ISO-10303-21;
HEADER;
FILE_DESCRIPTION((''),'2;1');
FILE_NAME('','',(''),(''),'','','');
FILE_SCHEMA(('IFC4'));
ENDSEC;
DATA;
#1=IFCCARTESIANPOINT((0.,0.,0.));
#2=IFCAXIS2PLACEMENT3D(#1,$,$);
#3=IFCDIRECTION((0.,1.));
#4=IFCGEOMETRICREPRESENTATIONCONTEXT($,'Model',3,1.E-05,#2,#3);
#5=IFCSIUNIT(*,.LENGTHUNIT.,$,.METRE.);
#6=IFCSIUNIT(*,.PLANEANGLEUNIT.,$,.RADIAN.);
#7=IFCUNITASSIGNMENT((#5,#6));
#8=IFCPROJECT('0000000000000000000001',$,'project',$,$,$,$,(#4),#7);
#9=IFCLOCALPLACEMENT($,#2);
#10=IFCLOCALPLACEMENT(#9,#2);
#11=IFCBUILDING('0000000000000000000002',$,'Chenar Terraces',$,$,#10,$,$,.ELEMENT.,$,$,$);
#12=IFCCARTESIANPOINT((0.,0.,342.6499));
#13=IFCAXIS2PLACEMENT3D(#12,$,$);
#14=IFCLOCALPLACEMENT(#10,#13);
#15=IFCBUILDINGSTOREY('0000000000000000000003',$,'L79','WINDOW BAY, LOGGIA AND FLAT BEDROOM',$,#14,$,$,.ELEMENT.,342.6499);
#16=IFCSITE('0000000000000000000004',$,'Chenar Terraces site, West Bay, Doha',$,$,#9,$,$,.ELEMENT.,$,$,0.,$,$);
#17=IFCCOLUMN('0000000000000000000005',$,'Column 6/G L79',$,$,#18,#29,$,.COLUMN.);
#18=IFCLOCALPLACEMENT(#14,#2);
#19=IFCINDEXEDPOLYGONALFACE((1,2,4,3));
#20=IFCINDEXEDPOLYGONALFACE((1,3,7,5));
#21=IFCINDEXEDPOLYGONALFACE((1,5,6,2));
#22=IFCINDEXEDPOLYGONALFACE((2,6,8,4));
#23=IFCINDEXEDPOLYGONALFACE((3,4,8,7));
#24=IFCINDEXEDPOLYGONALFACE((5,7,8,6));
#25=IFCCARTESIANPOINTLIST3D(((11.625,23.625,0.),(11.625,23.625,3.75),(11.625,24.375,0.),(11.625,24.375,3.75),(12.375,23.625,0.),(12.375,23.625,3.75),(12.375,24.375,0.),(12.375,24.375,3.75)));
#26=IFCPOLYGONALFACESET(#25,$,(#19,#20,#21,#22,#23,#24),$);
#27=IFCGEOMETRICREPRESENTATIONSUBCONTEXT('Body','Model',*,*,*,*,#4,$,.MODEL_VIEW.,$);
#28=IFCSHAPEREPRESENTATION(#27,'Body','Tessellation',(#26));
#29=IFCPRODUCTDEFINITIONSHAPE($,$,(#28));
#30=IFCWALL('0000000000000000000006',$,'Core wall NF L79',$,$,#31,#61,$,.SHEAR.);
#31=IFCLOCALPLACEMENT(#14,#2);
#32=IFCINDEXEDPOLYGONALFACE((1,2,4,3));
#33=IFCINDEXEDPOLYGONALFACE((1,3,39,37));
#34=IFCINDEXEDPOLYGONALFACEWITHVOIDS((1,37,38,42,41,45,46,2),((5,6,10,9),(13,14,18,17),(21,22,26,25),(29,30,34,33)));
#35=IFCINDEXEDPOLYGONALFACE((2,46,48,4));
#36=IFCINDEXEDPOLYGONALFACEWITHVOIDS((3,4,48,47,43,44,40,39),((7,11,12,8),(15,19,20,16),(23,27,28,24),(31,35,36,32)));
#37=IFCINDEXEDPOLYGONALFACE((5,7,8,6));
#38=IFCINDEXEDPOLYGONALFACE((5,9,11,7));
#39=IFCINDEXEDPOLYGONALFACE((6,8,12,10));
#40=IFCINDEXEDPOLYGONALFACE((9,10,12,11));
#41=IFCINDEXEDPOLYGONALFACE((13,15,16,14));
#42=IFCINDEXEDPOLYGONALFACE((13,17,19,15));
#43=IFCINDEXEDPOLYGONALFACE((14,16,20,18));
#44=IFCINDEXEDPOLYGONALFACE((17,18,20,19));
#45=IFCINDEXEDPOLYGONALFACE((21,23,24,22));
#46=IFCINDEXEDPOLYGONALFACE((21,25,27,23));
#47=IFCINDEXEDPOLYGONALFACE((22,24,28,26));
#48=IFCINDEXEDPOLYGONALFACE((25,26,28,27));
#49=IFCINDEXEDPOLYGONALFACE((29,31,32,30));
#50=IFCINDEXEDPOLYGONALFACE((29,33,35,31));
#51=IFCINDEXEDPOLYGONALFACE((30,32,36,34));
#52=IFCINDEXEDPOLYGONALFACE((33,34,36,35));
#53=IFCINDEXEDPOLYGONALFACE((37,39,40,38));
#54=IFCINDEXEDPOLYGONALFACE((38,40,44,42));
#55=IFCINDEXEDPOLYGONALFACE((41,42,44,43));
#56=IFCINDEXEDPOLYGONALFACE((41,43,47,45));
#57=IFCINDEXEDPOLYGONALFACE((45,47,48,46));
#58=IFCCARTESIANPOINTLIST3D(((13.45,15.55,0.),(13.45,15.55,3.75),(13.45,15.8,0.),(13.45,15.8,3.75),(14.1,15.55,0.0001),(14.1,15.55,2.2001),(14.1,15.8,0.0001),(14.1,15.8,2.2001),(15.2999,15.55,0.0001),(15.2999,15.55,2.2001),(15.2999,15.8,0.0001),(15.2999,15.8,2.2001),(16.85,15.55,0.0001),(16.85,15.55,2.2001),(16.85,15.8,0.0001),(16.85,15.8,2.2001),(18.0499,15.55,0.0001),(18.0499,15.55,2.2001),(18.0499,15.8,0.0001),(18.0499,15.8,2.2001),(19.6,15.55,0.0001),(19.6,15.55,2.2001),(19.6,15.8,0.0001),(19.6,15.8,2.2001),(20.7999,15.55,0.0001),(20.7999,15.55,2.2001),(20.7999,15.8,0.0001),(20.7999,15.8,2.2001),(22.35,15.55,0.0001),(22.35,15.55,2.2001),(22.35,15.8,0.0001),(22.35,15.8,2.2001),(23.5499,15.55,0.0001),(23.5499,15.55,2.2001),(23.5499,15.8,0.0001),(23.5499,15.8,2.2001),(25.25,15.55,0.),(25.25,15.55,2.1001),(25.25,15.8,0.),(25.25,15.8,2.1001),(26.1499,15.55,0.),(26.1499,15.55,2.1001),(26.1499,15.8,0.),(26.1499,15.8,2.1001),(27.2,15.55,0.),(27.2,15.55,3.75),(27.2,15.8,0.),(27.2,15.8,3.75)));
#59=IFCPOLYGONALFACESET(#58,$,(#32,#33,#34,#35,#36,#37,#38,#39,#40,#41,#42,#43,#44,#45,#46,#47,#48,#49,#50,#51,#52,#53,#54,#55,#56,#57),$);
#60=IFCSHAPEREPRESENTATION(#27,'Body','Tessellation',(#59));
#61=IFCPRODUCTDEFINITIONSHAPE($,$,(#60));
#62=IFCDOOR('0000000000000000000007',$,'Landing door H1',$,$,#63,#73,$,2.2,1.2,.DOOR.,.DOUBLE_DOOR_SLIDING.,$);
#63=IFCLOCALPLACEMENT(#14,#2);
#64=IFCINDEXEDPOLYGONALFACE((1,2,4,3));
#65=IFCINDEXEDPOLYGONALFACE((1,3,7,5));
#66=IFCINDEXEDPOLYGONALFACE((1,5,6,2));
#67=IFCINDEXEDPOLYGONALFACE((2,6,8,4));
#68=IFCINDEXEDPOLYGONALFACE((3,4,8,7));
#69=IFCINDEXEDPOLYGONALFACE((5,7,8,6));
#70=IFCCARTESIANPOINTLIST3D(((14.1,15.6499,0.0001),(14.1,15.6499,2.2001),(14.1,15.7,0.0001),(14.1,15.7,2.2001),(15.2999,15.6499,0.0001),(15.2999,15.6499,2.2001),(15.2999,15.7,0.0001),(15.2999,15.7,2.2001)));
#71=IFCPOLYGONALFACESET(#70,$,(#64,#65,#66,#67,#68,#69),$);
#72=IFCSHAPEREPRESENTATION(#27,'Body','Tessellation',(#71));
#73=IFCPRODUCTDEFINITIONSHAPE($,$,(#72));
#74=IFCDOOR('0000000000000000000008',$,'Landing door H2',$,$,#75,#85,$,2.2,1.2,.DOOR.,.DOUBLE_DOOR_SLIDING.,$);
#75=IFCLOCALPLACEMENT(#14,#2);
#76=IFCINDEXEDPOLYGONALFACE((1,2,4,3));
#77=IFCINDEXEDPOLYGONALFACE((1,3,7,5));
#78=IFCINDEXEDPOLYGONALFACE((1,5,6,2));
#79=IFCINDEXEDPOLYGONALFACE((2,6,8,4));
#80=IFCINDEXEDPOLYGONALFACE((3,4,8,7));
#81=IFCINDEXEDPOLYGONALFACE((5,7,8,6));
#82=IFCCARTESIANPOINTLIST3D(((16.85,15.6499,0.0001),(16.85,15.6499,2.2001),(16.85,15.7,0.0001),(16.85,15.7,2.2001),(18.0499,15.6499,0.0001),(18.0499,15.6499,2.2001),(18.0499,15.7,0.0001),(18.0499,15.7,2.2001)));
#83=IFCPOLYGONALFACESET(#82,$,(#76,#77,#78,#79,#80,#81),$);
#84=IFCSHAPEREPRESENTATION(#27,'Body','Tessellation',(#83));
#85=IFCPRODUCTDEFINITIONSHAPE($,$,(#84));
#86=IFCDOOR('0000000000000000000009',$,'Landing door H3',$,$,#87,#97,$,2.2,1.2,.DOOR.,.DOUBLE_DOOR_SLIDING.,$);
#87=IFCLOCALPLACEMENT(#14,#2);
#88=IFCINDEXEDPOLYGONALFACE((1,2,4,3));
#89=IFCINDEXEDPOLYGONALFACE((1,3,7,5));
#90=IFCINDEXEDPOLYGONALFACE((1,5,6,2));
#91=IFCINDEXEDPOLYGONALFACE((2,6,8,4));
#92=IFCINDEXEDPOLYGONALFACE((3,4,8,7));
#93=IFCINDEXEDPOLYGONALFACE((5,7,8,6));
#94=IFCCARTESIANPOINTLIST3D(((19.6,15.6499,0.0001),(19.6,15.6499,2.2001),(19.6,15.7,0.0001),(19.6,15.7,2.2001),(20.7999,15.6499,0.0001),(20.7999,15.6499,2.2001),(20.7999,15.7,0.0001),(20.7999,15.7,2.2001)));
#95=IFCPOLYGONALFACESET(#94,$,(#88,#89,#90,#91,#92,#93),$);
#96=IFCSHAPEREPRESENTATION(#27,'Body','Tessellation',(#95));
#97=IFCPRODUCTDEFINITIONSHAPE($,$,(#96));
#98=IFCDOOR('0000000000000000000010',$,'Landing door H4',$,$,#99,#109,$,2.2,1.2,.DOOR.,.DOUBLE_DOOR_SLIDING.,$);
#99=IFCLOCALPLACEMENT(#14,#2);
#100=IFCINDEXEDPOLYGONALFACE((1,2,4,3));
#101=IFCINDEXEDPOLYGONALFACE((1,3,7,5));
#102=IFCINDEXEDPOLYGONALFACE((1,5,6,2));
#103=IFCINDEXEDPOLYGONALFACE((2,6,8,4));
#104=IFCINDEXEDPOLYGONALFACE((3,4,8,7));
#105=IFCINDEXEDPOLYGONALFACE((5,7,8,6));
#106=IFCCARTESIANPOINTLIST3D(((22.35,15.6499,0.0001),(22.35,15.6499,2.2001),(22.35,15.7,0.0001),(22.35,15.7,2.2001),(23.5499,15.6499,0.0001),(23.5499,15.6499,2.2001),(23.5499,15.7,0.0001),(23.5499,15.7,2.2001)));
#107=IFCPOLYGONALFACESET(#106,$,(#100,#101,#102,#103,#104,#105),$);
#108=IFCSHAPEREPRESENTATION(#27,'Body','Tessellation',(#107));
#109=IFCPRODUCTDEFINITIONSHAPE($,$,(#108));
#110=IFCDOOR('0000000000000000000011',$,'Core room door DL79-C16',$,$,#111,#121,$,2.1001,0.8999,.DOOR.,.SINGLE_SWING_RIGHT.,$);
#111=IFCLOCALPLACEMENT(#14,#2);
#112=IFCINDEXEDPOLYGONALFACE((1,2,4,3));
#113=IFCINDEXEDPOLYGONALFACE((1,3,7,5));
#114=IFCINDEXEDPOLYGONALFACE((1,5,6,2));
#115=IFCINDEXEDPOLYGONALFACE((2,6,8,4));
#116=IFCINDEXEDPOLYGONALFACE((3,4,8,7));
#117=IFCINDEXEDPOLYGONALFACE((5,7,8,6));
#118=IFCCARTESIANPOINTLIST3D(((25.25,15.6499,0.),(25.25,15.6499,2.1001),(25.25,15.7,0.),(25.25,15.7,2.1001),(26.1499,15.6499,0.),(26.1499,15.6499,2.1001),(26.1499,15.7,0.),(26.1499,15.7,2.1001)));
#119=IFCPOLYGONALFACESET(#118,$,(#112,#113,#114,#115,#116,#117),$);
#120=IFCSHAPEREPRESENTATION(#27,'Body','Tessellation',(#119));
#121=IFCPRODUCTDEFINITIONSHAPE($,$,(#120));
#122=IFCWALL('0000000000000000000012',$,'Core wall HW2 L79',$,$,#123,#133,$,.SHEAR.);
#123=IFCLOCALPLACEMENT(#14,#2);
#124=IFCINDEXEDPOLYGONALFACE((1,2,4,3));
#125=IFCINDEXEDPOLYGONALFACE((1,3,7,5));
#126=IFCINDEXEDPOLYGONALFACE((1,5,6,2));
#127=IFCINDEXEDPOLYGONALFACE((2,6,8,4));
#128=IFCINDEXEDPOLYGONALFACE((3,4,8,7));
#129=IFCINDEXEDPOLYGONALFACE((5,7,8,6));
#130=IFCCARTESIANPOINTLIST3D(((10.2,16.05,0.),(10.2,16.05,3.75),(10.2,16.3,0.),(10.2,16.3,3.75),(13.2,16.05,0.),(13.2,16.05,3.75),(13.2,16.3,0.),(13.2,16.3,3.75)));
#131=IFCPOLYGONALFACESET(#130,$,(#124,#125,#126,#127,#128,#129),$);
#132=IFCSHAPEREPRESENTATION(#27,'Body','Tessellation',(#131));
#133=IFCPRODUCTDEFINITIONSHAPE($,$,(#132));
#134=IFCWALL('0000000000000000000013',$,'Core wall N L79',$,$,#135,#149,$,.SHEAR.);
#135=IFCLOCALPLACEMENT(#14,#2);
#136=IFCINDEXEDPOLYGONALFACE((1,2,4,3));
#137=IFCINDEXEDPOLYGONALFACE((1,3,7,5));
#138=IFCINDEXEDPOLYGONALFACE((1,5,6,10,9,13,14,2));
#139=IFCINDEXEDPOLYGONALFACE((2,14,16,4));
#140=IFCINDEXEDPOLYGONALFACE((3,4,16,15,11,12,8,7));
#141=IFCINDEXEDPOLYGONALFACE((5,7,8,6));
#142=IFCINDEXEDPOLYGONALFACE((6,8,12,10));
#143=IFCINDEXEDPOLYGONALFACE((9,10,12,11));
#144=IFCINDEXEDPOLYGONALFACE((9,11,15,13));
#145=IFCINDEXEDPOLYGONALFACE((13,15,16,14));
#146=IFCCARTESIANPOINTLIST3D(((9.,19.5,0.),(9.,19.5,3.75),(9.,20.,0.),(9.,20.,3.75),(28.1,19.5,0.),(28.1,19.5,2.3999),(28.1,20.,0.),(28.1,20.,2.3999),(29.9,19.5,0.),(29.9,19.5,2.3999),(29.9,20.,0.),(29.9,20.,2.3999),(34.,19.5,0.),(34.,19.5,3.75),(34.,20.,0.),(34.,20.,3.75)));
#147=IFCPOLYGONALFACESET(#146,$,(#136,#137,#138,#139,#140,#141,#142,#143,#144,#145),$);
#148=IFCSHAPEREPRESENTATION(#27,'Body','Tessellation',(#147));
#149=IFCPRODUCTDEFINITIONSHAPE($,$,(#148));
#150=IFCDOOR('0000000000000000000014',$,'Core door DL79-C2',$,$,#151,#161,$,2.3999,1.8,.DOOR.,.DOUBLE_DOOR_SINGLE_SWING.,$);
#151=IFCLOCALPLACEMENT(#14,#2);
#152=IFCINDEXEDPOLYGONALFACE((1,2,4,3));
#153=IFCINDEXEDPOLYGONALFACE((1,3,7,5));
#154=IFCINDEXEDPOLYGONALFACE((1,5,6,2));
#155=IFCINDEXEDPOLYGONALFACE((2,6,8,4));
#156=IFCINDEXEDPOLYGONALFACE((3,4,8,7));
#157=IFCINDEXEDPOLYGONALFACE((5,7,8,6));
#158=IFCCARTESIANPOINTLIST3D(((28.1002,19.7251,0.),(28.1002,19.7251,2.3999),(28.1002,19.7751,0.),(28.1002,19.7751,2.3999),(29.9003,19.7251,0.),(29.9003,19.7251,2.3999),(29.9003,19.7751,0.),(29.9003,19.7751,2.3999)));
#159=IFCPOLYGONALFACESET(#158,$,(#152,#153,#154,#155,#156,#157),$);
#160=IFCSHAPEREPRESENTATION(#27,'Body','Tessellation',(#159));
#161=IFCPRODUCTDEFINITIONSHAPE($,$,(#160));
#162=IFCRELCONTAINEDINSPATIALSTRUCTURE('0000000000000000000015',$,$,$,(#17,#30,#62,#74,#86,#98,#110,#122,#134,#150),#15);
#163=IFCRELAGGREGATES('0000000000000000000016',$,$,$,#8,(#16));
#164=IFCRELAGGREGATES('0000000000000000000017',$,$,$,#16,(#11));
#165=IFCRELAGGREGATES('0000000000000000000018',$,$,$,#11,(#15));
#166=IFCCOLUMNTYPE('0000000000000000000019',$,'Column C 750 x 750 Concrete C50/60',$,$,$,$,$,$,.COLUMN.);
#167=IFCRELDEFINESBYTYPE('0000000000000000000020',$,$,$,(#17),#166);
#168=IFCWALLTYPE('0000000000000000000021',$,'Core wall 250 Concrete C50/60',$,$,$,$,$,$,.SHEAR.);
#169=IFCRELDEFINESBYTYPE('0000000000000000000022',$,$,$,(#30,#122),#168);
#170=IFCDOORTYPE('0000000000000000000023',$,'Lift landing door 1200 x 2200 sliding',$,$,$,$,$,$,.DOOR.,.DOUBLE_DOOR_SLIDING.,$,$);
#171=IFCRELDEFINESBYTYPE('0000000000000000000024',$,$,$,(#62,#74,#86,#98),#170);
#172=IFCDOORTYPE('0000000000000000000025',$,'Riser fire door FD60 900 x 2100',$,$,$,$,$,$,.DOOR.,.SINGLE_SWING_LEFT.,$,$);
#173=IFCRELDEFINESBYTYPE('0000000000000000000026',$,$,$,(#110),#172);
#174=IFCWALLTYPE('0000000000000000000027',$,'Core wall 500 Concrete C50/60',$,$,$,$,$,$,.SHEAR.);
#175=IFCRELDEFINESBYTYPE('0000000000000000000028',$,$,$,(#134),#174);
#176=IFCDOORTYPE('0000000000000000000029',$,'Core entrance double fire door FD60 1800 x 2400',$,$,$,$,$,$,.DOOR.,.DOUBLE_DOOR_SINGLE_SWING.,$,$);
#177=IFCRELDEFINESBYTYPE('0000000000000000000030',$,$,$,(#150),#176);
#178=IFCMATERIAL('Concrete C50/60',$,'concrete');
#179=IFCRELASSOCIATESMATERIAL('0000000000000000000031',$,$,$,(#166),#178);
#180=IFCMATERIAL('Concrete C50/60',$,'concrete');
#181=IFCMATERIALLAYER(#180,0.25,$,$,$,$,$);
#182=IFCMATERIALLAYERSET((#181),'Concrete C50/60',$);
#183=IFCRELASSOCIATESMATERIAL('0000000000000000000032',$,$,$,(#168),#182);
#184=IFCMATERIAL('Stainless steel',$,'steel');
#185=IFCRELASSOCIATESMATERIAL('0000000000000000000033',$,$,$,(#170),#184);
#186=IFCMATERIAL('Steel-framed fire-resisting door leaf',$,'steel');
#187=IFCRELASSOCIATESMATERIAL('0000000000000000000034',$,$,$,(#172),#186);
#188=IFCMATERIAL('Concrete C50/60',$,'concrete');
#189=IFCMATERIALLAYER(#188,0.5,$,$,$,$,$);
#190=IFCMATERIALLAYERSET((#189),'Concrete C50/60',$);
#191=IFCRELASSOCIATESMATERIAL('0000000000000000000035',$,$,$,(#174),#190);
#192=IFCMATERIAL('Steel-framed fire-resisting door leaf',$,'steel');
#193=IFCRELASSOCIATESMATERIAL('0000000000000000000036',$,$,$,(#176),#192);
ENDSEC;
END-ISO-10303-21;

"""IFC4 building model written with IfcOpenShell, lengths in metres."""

from ifc_helpers import new_model, si_unit, direction, frame, frame_2d, origin, origin_2d, place, context, subcontext, project, spatial, rectangle, extrude, material, layer, layer_set, material_profile, profile_set, type_object, element, fill, save


model = new_model("IFC4")

# Units and contexts
model_context = context("Model", 3, precision=1e-05, world=origin(), true_north=direction((0.0, 1.0)))
body_context = subcontext(model_context, "Body", "Model", "MODEL_VIEW")
ifc_project = project(units=[si_unit("LENGTHUNIT", "METRE"), si_unit("PLANEANGLEUNIT", "RADIAN")], contexts=[model_context])

# Site, building, storey
site_placement = place(None, origin())
site = spatial("IfcSite", under=ifc_project, at=site_placement, Name="Chenar Terraces site, West Bay, Doha", CompositionType="ELEMENT", RefElevation=0.0)
building_placement = place(site_placement, origin())
building = spatial("IfcBuilding", under=site, at=building_placement, Name="Chenar Terraces", CompositionType="ELEMENT")
storey_placement = place(building_placement, frame((0.0, 0.0, 342.6499)))
storey = spatial("IfcBuildingStorey", under=building, at=storey_placement, Name="L79", Description="WINDOW BAY, LOGGIA AND FLAT BEDROOM", CompositionType="ELEMENT", Elevation=342.6499)

# Column
ifc_material_1 = material(Name="Concrete C50/60", Category="concrete")
ifc_material_profile = material_profile(ifc_material_1, rectangle(XDim=0.75, YDim=0.75, at=origin_2d()), Name="C 750 x 750")
ifc_profile_set = profile_set([ifc_material_profile], Name="Concrete C50/60")
column_type = type_object("IfcColumnType", Name="Column C 750 x 750 Concrete C50/60", PredefinedType="COLUMN", material=ifc_profile_set)
column_placement = place(storey_placement, frame((12.0, 24.0, 0.0), z_axis=(0.0, 0.0, 1.0), x_axis=(1.0, 0.0, 0.0)))
element("IfcColumn", 1, at=column_placement, inside=storey, type_object=column_type, Name="Column 6/G L79", PredefinedType="COLUMN", context=body_context, shape_type="SweptSolid", body=[
    extrude(rectangle(XDim=0.75, YDim=0.75, at=origin_2d()), origin(), (0.0, 0.0, 1.0), 3.75),
])

# Wall, openings, doors
ifc_material_2 = material(Name="Concrete C50/60", Category="concrete")
ifc_layer_1 = layer(ifc_material_2, 0.25)
ifc_layer_set_1 = layer_set([ifc_layer_1], Name="Concrete C50/60")
wall_type_1 = type_object("IfcWallType", Name="Core wall 250 Concrete C50/60", PredefinedType="SHEAR", material=ifc_layer_set_1)
wall_1_placement = place(storey_placement, frame((13.45, 15.675, 0.0), z_axis=(0.0, 0.0, 1.0), x_axis=(1.0, 0.0, 0.0)))
wall_1 = element("IfcWall", 2, at=wall_1_placement, inside=storey, type_object=wall_type_1, Name="Core wall NF L79", PredefinedType="SHEAR", context=body_context, shape_type="SweptSolid", body=[
    extrude(rectangle(XDim=13.75, YDim=0.25, at=frame_2d((6.875, 0.0))), origin(), (0.0, 0.0, 1.0), 3.75),
])
opening_1_placement = place(wall_1_placement, frame((0.6499, 0.0, 0.0)))
opening_1 = element("IfcOpeningElement", 3, at=opening_1_placement, cuts=wall_1, PredefinedType="OPENING", context=body_context, shape_type="SweptSolid", body=[
    extrude(rectangle(XDim=1.2, YDim=2.2, at=frame_2d((0.6001, 1.1001))), frame((0.0, 0.135, 0.0), z_axis=(0.0, -1.0, 0.0), x_axis=(1.0, 0.0, 0.0)), (0.0, 0.0, 1.0), 0.27),
])
opening_2_placement = place(wall_1_placement, frame((3.3999, 0.0, 0.0)))
opening_2 = element("IfcOpeningElement", 4, at=opening_2_placement, cuts=wall_1, PredefinedType="OPENING", context=body_context, shape_type="SweptSolid", body=[
    extrude(rectangle(XDim=1.2, YDim=2.2, at=frame_2d((0.6001, 1.1001))), frame((0.0, 0.135, 0.0), z_axis=(0.0, -1.0, 0.0), x_axis=(1.0, 0.0, 0.0)), (0.0, 0.0, 1.0), 0.27),
])
opening_3_placement = place(wall_1_placement, frame((6.1499, 0.0, 0.0)))
opening_3 = element("IfcOpeningElement", 5, at=opening_3_placement, cuts=wall_1, PredefinedType="OPENING", context=body_context, shape_type="SweptSolid", body=[
    extrude(rectangle(XDim=1.2, YDim=2.2, at=frame_2d((0.6001, 1.1001))), frame((0.0, 0.135, 0.0), z_axis=(0.0, -1.0, 0.0), x_axis=(1.0, 0.0, 0.0)), (0.0, 0.0, 1.0), 0.27),
])
opening_4_placement = place(wall_1_placement, frame((8.8999, 0.0, 0.0)))
opening_4 = element("IfcOpeningElement", 6, at=opening_4_placement, cuts=wall_1, PredefinedType="OPENING", context=body_context, shape_type="SweptSolid", body=[
    extrude(rectangle(XDim=1.2, YDim=2.2, at=frame_2d((0.6001, 1.1001))), frame((0.0, 0.135, 0.0), z_axis=(0.0, -1.0, 0.0), x_axis=(1.0, 0.0, 0.0)), (0.0, 0.0, 1.0), 0.27),
])
opening_5_placement = place(wall_1_placement, frame((11.8, 0.0, 0.0)))
opening_5 = element("IfcOpeningElement", 7, at=opening_5_placement, cuts=wall_1, PredefinedType="OPENING", context=body_context, shape_type="SweptSolid", body=[
    extrude(rectangle(XDim=0.8999, YDim=2.1001, at=frame_2d((0.45, 1.05))), frame((0.0, 0.135, 0.0), z_axis=(0.0, -1.0, 0.0), x_axis=(1.0, 0.0, 0.0)), (0.0, 0.0, 1.0), 0.27),
])
ifc_material_3 = material(Name="Stainless steel", Category="steel")
door_type_1 = type_object("IfcDoorType", Name="Lift landing door 1200 x 2200 sliding", OperationType="DOUBLE_DOOR_SLIDING", PredefinedType="DOOR", material=ifc_material_3)
door_1_placement = place(opening_1_placement, origin())
door_1 = element("IfcDoor", 8, at=door_1_placement, inside=storey, type_object=door_type_1, Name="Landing door H1", OperationType="DOUBLE_DOOR_SLIDING", OverallHeight=2.2, OverallWidth=1.2, PredefinedType="DOOR", context=body_context, shape_type="SweptSolid", body=[
    extrude(rectangle(XDim=1.2, YDim=2.2, at=frame_2d((0.6001, 1.1001))), frame((0.0, 0.0249, 0.0), z_axis=(0.0, -1.0, 0.0), x_axis=(1.0, 0.0, 0.0)), (0.0, 0.0, 1.0), 0.05),
])
fill(opening_1, door_1)
door_2_placement = place(opening_2_placement, origin())
door_2 = element("IfcDoor", 9, at=door_2_placement, inside=storey, type_object=door_type_1, Name="Landing door H2", OperationType="DOUBLE_DOOR_SLIDING", OverallHeight=2.2, OverallWidth=1.2, PredefinedType="DOOR", context=body_context, shape_type="SweptSolid", body=[
    extrude(rectangle(XDim=1.2, YDim=2.2, at=frame_2d((0.6001, 1.1001))), frame((0.0, 0.0249, 0.0), z_axis=(0.0, -1.0, 0.0), x_axis=(1.0, 0.0, 0.0)), (0.0, 0.0, 1.0), 0.05),
])
fill(opening_2, door_2)
door_3_placement = place(opening_3_placement, origin())
door_3 = element("IfcDoor", 10, at=door_3_placement, inside=storey, type_object=door_type_1, Name="Landing door H3", OperationType="DOUBLE_DOOR_SLIDING", OverallHeight=2.2, OverallWidth=1.2, PredefinedType="DOOR", context=body_context, shape_type="SweptSolid", body=[
    extrude(rectangle(XDim=1.2, YDim=2.2, at=frame_2d((0.6001, 1.1001))), frame((0.0, 0.0249, 0.0), z_axis=(0.0, -1.0, 0.0), x_axis=(1.0, 0.0, 0.0)), (0.0, 0.0, 1.0), 0.05),
])
fill(opening_3, door_3)
door_4_placement = place(opening_4_placement, origin())
door_4 = element("IfcDoor", 11, at=door_4_placement, inside=storey, type_object=door_type_1, Name="Landing door H4", OperationType="DOUBLE_DOOR_SLIDING", OverallHeight=2.2, OverallWidth=1.2, PredefinedType="DOOR", context=body_context, shape_type="SweptSolid", body=[
    extrude(rectangle(XDim=1.2, YDim=2.2, at=frame_2d((0.6001, 1.1001))), frame((0.0, 0.0249, 0.0), z_axis=(0.0, -1.0, 0.0), x_axis=(1.0, 0.0, 0.0)), (0.0, 0.0, 1.0), 0.05),
])
fill(opening_4, door_4)
ifc_material_4 = material(Name="Steel-framed fire-resisting door leaf", Category="steel")
door_type_2 = type_object("IfcDoorType", Name="Riser fire door FD60 900 x 2100", OperationType="SINGLE_SWING_LEFT", PredefinedType="DOOR", material=ifc_material_4)
door_5_placement = place(opening_5_placement, origin())
door_5 = element("IfcDoor", 12, at=door_5_placement, inside=storey, type_object=door_type_2, Name="Core room door DL79-C16", OperationType="SINGLE_SWING_RIGHT", OverallHeight=2.1001, OverallWidth=0.8999, PredefinedType="DOOR", context=body_context, shape_type="SweptSolid", body=[
    extrude(rectangle(XDim=0.8999, YDim=2.1001, at=frame_2d((0.45, 1.05))), frame((0.0, 0.0249, 0.0), z_axis=(0.0, -1.0, 0.0), x_axis=(1.0, 0.0, 0.0)), (0.0, 0.0, 1.0), 0.05),
])
fill(opening_5, door_5)

# Wall
wall_2_placement = place(storey_placement, frame((10.2, 16.175, 0.0), z_axis=(0.0, 0.0, 1.0), x_axis=(1.0, 0.0, 0.0)))
element("IfcWall", 13, at=wall_2_placement, inside=storey, type_object=wall_type_1, Name="Core wall HW2 L79", PredefinedType="SHEAR", context=body_context, shape_type="SweptSolid", body=[
    extrude(rectangle(XDim=3.0, YDim=0.25, at=frame_2d((1.5, 0.0))), origin(), (0.0, 0.0, 1.0), 3.75),
])

# Wall, opening, door
ifc_material_5 = material(Name="Concrete C50/60", Category="concrete")
ifc_layer_2 = layer(ifc_material_5, 0.5)
ifc_layer_set_2 = layer_set([ifc_layer_2], Name="Concrete C50/60")
wall_type_2 = type_object("IfcWallType", Name="Core wall 500 Concrete C50/60", PredefinedType="SHEAR", material=ifc_layer_set_2)
wall_3_placement = place(storey_placement, frame((9.0, 19.75, 0.0), z_axis=(0.0, 0.0, 1.0), x_axis=(1.0, 0.0, 0.0)))
wall_3 = element("IfcWall", 14, at=wall_3_placement, inside=storey, type_object=wall_type_2, Name="Core wall N L79", PredefinedType="SHEAR", context=body_context, shape_type="SweptSolid", body=[
    extrude(rectangle(XDim=25.0, YDim=0.5, at=frame_2d((12.5, 0.0))), origin(), (0.0, 0.0, 1.0), 3.75),
])
opening_6_placement = place(wall_3_placement, frame((19.1001, 0.0, 0.0)))
opening_6 = element("IfcOpeningElement", 15, at=opening_6_placement, cuts=wall_3, PredefinedType="OPENING", context=body_context, shape_type="SweptSolid", body=[
    extrude(rectangle(XDim=1.8, YDim=2.3999, at=frame_2d((0.8999, 1.2))), frame((0.0, 0.26, 0.0), z_axis=(0.0, -1.0, 0.0), x_axis=(1.0, 0.0, 0.0)), (0.0, 0.0, 1.0), 0.52),
])
ifc_material_6 = material(Name="Steel-framed fire-resisting door leaf", Category="steel")
door_type_3 = type_object("IfcDoorType", Name="Core entrance double fire door FD60 1800 x 2400", OperationType="DOUBLE_DOOR_SINGLE_SWING", PredefinedType="DOOR", material=ifc_material_6)
door_6_placement = place(opening_6_placement, frame((1.8, 0.0, 0.0), z_axis=(0.0, 0.0, 1.0), x_axis=(-1.0, 0.0, 0.0)))
door_6 = element("IfcDoor", 16, at=door_6_placement, inside=storey, type_object=door_type_3, Name="Core door DL79-C2", OperationType="DOUBLE_DOOR_SINGLE_SWING", OverallHeight=2.3999, OverallWidth=1.8, PredefinedType="DOOR", context=body_context, shape_type="SweptSolid", body=[
    extrude(rectangle(XDim=1.8, YDim=2.3999, at=frame_2d((0.8999, 1.2))), frame((0.0, 0.0249, 0.0), z_axis=(0.0, -1.0, 0.0), x_axis=(1.0, 0.0, 0.0)), (0.0, 0.0, 1.0), 0.05),
])
fill(opening_6, door_6)

save(model, "model.ifc")
